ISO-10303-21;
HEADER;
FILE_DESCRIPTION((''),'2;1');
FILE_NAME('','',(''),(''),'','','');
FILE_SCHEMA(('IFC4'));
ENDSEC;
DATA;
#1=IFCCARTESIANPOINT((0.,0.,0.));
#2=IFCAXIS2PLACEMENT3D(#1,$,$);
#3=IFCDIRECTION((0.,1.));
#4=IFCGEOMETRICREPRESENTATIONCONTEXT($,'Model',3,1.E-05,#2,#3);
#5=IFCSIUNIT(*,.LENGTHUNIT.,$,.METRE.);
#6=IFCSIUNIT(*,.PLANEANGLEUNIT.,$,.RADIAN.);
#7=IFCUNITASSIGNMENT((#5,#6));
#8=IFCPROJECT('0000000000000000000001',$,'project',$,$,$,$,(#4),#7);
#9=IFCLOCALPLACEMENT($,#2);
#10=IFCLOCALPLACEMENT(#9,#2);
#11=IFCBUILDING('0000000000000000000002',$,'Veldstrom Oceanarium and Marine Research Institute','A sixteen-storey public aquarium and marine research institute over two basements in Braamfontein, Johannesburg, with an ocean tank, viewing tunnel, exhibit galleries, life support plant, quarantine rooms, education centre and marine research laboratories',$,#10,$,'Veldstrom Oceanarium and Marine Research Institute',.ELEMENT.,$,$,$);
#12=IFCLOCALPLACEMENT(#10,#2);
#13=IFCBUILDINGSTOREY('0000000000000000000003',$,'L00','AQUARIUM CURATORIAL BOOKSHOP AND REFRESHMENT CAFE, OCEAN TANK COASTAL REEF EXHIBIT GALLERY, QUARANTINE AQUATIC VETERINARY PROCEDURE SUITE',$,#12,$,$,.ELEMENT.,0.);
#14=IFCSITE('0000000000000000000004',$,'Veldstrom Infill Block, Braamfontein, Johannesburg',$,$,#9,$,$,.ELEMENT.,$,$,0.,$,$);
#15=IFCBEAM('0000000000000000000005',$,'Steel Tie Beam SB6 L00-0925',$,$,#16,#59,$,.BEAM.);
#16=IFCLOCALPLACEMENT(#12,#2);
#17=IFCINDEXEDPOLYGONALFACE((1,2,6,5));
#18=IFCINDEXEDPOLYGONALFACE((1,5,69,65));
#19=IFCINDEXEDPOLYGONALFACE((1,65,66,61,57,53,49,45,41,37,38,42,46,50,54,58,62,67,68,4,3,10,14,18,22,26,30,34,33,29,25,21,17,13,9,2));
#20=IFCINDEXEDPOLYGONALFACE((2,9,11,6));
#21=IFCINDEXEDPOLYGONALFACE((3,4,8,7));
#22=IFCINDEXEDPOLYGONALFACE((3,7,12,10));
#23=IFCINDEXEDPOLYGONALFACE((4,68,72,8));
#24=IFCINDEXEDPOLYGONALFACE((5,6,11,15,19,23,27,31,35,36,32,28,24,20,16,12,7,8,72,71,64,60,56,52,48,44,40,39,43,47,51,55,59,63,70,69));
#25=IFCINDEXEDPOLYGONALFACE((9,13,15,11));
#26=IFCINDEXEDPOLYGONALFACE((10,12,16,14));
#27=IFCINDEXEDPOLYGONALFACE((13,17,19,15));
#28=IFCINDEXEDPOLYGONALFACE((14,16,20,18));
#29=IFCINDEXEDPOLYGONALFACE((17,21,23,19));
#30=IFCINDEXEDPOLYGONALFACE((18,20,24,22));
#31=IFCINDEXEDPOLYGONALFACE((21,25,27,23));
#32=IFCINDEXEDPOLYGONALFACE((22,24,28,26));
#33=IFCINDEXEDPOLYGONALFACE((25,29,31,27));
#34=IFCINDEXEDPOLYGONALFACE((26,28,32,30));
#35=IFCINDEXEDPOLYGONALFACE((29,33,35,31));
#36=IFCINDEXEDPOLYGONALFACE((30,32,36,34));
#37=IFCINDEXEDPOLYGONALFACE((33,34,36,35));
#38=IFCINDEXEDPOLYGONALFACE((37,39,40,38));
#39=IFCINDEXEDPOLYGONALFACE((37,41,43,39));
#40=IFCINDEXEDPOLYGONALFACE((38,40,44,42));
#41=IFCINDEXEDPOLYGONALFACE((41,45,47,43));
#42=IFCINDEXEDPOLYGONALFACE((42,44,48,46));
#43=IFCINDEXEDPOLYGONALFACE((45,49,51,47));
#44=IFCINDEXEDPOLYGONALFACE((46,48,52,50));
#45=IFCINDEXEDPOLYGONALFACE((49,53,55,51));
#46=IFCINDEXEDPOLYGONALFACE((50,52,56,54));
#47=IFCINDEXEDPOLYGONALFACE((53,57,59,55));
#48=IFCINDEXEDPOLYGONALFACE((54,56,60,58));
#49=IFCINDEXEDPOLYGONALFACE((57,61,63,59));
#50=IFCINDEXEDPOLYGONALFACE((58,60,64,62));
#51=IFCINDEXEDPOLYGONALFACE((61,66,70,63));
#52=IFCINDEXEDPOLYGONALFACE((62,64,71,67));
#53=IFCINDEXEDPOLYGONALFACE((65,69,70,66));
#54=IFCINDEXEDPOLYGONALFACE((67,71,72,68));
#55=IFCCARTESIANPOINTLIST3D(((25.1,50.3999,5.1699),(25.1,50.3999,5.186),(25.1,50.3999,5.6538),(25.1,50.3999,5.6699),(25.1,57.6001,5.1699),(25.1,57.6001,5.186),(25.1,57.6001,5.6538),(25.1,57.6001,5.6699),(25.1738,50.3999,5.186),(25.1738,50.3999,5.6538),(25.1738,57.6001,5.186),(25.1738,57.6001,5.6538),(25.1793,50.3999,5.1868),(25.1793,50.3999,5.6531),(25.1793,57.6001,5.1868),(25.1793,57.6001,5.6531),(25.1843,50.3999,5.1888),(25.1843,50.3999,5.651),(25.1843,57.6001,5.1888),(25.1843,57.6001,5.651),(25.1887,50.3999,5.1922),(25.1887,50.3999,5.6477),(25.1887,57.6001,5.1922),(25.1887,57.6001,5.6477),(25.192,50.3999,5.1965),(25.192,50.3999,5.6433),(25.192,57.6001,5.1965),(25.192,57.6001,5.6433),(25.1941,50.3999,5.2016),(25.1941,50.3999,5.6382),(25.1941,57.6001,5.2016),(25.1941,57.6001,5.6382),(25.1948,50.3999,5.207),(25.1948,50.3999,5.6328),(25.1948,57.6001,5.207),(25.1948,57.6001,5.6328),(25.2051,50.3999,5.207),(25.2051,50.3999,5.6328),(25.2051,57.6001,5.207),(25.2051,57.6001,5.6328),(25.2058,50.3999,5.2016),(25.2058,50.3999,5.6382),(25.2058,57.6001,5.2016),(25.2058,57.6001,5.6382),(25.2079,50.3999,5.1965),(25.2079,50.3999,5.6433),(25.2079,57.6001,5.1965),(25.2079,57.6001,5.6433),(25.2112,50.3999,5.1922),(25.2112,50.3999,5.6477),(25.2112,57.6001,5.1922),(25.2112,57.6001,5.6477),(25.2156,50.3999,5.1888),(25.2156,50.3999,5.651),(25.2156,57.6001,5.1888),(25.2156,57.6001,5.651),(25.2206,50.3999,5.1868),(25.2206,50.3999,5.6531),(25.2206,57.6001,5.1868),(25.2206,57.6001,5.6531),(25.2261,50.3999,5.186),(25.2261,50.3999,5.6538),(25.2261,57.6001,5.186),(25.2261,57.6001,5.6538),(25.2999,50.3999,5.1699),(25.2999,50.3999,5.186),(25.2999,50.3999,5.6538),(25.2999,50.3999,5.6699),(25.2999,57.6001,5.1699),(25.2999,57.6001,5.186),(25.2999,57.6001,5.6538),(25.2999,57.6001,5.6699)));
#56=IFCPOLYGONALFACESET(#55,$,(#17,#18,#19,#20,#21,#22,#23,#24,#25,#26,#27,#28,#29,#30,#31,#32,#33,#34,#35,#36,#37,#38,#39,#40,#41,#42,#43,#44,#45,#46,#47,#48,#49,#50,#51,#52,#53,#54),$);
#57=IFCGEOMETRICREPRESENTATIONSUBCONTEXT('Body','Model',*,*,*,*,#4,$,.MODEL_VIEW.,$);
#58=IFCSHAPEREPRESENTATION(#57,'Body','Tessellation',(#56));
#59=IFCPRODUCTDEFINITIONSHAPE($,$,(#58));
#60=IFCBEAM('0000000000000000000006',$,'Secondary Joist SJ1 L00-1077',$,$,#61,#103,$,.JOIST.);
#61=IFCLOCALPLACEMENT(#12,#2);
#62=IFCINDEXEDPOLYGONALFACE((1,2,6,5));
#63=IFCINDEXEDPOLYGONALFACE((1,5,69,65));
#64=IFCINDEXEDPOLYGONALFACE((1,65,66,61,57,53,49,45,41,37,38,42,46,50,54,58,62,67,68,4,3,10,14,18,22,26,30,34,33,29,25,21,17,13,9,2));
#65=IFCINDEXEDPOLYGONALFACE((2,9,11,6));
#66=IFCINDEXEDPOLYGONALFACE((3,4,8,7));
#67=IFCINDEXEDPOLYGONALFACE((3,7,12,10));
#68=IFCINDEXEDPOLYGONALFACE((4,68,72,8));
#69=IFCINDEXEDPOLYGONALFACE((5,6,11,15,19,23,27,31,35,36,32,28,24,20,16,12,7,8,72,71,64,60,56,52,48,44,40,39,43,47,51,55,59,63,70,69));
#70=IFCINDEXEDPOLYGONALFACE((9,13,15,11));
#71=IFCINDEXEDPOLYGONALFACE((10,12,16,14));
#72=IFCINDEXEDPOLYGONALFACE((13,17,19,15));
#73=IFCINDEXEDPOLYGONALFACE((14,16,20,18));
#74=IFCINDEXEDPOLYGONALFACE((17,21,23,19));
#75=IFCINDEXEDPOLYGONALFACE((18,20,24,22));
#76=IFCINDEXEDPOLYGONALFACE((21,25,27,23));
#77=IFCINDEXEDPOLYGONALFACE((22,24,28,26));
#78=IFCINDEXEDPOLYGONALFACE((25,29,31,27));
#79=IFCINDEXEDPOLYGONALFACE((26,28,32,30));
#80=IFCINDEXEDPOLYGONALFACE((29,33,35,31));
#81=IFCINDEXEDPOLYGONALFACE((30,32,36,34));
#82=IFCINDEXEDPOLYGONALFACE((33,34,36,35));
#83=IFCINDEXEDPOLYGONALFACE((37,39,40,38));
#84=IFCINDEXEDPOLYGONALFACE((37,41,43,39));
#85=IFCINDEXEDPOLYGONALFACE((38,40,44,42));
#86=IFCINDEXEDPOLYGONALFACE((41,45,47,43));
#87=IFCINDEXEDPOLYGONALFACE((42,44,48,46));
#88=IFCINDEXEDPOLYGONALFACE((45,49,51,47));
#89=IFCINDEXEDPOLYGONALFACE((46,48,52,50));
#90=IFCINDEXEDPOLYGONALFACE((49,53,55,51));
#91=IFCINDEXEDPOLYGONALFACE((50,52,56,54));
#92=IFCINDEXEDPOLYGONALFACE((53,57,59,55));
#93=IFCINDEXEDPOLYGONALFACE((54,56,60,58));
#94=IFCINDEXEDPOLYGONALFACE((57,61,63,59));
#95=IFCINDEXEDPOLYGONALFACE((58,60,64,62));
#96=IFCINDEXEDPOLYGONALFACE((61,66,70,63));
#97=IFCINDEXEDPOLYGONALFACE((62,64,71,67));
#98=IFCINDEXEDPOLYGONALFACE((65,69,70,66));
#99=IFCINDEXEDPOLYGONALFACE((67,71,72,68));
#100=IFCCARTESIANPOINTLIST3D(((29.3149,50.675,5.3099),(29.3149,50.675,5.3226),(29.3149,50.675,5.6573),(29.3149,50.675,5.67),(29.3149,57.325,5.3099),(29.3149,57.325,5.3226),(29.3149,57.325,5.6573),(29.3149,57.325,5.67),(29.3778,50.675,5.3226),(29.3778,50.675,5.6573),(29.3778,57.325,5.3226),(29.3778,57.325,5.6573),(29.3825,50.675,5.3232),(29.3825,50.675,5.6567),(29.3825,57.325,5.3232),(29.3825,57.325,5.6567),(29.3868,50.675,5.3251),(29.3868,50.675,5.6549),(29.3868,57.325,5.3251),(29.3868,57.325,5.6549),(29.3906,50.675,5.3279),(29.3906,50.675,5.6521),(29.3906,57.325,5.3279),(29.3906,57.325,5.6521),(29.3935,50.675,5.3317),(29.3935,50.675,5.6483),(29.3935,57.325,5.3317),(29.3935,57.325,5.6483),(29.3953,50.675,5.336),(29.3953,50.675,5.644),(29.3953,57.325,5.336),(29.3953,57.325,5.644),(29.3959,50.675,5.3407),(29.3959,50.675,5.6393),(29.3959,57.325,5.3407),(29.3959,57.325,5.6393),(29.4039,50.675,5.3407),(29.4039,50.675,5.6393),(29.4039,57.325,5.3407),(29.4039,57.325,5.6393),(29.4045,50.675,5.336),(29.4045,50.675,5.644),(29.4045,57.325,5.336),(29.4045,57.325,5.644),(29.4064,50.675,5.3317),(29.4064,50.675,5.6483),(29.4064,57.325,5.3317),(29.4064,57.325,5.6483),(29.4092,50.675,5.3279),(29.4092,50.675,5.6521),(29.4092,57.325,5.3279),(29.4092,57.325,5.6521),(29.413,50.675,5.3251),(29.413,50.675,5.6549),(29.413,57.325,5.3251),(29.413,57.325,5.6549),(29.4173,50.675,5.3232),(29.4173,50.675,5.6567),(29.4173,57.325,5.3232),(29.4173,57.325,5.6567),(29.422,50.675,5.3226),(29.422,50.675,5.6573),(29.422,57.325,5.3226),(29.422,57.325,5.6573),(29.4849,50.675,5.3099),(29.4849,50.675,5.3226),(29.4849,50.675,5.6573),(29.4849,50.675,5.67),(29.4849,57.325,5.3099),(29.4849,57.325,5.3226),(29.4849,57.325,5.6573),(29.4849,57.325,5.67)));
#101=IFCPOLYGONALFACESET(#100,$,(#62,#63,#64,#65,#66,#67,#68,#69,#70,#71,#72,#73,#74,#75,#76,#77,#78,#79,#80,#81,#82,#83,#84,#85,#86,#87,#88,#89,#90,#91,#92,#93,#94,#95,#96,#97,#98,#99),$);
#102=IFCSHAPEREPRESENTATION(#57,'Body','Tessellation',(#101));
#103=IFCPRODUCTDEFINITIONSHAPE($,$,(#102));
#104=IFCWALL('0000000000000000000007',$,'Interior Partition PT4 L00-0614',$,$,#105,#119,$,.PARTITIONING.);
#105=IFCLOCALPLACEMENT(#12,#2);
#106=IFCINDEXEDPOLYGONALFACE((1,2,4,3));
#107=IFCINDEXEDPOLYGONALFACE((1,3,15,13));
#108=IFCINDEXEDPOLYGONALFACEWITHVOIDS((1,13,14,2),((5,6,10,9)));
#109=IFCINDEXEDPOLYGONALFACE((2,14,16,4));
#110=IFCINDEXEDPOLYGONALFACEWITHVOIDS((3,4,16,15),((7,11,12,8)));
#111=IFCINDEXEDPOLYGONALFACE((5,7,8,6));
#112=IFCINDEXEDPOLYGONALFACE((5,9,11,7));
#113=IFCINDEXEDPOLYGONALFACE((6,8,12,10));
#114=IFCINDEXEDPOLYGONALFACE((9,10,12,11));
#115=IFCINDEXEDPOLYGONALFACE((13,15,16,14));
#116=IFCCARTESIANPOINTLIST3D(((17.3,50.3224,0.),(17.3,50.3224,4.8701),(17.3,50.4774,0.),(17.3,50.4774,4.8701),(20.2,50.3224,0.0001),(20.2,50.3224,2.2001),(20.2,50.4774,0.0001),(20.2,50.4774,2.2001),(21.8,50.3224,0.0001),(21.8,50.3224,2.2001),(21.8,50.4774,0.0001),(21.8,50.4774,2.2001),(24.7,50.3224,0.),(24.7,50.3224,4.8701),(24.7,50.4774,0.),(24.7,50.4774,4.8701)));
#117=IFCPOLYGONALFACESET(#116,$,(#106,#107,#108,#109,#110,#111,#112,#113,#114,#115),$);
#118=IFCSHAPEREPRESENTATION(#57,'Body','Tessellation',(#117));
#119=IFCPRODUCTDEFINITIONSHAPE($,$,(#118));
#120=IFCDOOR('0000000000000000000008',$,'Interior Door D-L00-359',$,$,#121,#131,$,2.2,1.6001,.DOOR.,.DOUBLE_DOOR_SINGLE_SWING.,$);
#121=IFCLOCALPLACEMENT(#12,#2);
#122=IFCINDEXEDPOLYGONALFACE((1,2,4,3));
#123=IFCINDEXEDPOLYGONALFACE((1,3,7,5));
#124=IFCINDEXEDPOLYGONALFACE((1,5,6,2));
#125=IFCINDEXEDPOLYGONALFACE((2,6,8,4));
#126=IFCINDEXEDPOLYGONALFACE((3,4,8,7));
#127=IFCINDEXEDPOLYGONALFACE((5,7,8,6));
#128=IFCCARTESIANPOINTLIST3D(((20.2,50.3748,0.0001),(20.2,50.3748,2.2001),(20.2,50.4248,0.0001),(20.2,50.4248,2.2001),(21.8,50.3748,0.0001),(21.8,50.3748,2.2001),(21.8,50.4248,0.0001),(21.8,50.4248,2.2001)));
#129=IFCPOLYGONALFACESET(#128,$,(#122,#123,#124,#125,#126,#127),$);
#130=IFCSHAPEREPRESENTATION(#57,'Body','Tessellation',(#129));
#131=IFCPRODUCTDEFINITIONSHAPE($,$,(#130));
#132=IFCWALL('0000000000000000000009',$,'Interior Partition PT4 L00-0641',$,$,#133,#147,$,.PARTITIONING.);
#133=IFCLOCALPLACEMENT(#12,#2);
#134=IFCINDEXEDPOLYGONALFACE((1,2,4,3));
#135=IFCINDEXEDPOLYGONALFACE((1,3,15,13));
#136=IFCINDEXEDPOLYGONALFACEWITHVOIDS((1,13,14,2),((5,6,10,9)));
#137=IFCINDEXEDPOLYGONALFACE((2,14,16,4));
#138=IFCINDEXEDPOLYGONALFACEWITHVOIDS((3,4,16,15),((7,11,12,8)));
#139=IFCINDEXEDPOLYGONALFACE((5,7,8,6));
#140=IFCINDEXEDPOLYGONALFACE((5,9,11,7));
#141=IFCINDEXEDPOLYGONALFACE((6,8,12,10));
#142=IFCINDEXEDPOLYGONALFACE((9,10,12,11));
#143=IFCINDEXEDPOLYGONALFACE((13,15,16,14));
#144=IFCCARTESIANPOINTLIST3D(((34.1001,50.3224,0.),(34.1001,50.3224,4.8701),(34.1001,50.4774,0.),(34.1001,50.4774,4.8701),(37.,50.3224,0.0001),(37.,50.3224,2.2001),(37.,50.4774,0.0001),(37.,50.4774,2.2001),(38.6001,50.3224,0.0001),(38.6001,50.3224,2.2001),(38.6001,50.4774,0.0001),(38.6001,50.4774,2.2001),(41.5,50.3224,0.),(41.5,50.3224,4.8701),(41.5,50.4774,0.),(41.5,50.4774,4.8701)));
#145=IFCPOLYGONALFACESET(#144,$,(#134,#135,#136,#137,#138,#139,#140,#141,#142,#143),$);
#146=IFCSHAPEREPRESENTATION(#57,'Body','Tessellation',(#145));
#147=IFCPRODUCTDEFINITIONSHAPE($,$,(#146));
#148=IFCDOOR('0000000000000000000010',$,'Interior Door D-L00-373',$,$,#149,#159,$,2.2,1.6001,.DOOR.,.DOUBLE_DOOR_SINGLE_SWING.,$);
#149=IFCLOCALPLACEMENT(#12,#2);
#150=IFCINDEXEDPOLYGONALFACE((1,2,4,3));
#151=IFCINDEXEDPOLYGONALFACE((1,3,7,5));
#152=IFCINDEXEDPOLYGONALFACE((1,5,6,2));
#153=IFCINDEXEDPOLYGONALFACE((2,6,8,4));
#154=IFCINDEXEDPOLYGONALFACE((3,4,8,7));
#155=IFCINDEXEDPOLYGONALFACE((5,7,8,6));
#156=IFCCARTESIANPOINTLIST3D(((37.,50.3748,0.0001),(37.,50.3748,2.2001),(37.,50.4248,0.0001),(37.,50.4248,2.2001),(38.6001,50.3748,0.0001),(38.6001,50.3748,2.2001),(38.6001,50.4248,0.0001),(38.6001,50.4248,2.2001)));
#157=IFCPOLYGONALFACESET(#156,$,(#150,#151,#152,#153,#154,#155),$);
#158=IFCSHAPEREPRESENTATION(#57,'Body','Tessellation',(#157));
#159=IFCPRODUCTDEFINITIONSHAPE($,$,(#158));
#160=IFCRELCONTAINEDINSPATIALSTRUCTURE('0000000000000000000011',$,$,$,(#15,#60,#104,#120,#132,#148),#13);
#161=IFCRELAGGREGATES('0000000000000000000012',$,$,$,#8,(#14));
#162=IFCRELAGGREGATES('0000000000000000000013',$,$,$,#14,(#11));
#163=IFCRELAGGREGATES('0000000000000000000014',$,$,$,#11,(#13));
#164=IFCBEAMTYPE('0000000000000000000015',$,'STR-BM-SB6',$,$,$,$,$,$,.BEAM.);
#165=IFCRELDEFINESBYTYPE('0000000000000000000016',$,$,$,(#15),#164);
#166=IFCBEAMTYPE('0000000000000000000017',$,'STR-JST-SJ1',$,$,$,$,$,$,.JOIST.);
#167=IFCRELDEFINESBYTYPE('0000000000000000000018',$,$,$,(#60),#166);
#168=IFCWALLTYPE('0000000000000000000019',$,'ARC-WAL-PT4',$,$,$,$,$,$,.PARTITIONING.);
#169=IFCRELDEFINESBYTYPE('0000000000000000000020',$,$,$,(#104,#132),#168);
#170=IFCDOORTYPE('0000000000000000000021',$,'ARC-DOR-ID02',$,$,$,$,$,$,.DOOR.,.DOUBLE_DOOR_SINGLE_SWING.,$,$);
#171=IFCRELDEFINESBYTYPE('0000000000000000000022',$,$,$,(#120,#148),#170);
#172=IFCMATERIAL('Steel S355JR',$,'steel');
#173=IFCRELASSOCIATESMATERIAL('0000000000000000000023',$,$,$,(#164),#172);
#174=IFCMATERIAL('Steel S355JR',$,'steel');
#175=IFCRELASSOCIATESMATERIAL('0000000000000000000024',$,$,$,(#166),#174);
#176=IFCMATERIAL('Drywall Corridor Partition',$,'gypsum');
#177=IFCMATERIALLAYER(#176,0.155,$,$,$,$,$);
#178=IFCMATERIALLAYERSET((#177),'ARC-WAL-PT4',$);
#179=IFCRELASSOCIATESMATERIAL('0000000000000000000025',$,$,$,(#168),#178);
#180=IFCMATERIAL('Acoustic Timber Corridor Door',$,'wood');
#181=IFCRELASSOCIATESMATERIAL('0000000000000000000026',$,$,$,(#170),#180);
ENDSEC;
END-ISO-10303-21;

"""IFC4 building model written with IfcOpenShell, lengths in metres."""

from ifc_helpers import new_model, si_unit, direction, frame, frame_2d, origin, origin_2d, place, context, subcontext, project, spatial, rectangle, i_section, extrude, material, layer, layer_set, material_profile, profile_set, type_object, element, fill, save


model = new_model("IFC4")

# Units and contexts
model_context = context("Model", 3, precision=1e-05, world=origin(), true_north=direction((0.0, 1.0)))
body_context = subcontext(model_context, "Body", "Model", "MODEL_VIEW")
ifc_project = project(units=[si_unit("LENGTHUNIT", "METRE"), si_unit("PLANEANGLEUNIT", "RADIAN")], contexts=[model_context])

# Site, building, storey
site_placement = place(None, origin())
site = spatial("IfcSite", under=ifc_project, at=site_placement, Name="Veldstrom Infill Block, Braamfontein, Johannesburg", CompositionType="ELEMENT", RefElevation=0.0)
building_placement = place(site_placement, origin())
building = spatial("IfcBuilding", under=site, at=building_placement, Name="Veldstrom Oceanarium and Marine Research Institute", Description="A sixteen-storey public aquarium and marine research institute over two basements in Braamfontein, Johannesburg, with an ocean tank, viewing tunnel, exhibit galleries, life support plant, quarantine rooms, education centre and marine research laboratories", LongName="Veldstrom Oceanarium and Marine Research Institute", CompositionType="ELEMENT")
storey_placement = place(building_placement, origin())
storey = spatial("IfcBuildingStorey", under=building, at=storey_placement, Name="L00", Description="AQUARIUM CURATORIAL BOOKSHOP AND REFRESHMENT CAFE, OCEAN TANK COASTAL REEF EXHIBIT GALLERY, QUARANTINE AQUATIC VETERINARY PROCEDURE SUITE", CompositionType="ELEMENT", Elevation=0.0)

# Beams
ifc_material_1 = material(Name="Steel S355JR", Category="steel")
ifc_material_profile_1 = material_profile(ifc_material_1, i_section(OverallWidth=0.2, OverallDepth=0.5, WebThickness=0.0103, FlangeThickness=0.0161, FilletRadius=0.021, at=origin_2d()), Name="IPE 500")
ifc_profile_set_1 = profile_set([ifc_material_profile_1], Name="Steel S355JR")
beam_type_1 = type_object("IfcBeamType", Name="STR-BM-SB6", PredefinedType="BEAM", material=ifc_profile_set_1)
beam_1_placement = place(storey_placement, frame((25.2, 50.3999, 5.4199), z_axis=(0.0, 1.0, 0.0), x_axis=(-1.0, 0.0, 0.0)))
element("IfcBeam", 1, at=beam_1_placement, inside=storey, type_object=beam_type_1, Name="Steel Tie Beam SB6 L00-0925", PredefinedType="BEAM", context=body_context, shape_type="SweptSolid", body=[
    extrude(i_section(OverallWidth=0.2, OverallDepth=0.5, WebThickness=0.0103, FlangeThickness=0.0161, FilletRadius=0.021, at=origin_2d()), origin(), (0.0, 0.0, 1.0), 7.2002),
])
ifc_material_2 = material(Name="Steel S355JR", Category="steel")
ifc_material_profile_2 = material_profile(ifc_material_2, i_section(OverallWidth=0.1699, OverallDepth=0.3601, WebThickness=0.0081, FlangeThickness=0.0127, FilletRadius=0.0181, at=origin_2d()), Name="IPE 360")
ifc_profile_set_2 = profile_set([ifc_material_profile_2], Name="Steel S355JR")
beam_type_2 = type_object("IfcBeamType", Name="STR-JST-SJ1", PredefinedType="JOIST", material=ifc_profile_set_2)
beam_2_placement = place(storey_placement, frame((29.3999, 50.675, 5.49), z_axis=(0.0, 1.0, 0.0), x_axis=(-1.0, 0.0, 0.0)))
element("IfcBeam", 2, at=beam_2_placement, inside=storey, type_object=beam_type_2, Name="Secondary Joist SJ1 L00-1077", PredefinedType="JOIST", context=body_context, shape_type="SweptSolid", body=[
    extrude(i_section(OverallWidth=0.1699, OverallDepth=0.3601, WebThickness=0.0081, FlangeThickness=0.0127, FilletRadius=0.0181, at=origin_2d()), origin(), (0.0, 0.0, 1.0), 6.6499),
])

# Walls, openings, doors
ifc_material_3 = material(Name="Drywall Corridor Partition", Category="gypsum")
ifc_layer_1 = layer(ifc_material_3, 0.155)
ifc_layer_set_1 = layer_set([ifc_layer_1], Name="ARC-WAL-PT4")
wall_type_1 = type_object("IfcWallType", Name="ARC-WAL-PT4", PredefinedType="PARTITIONING", material=ifc_layer_set_1)
wall_1_placement = place(storey_placement, frame((17.3, 50.3999, 0.0), z_axis=(0.0, 0.0, 1.0), x_axis=(1.0, 0.0, 0.0)))
wall_1 = element("IfcWall", 3, at=wall_1_placement, inside=storey, type_object=wall_type_1, Name="Interior Partition PT4 L00-0614", PredefinedType="PARTITIONING", context=body_context, shape_type="SweptSolid", body=[
    extrude(rectangle(XDim=7.3999, YDim=0.155, at=frame_2d((3.7, 0.0))), origin(), (0.0, 0.0, 1.0), 4.8701),
])
opening_1_placement = place(wall_1_placement, frame((2.8999, 0.0, 0.0)))
opening_1 = element("IfcOpeningElement", 4, at=opening_1_placement, cuts=wall_1, PredefinedType="OPENING", context=body_context, shape_type="SweptSolid", body=[
    extrude(rectangle(XDim=1.6001, YDim=2.2, at=frame_2d((0.8, 1.1001))), frame((0.0, 0.0874, 0.0), z_axis=(0.0, -1.0, 0.0), x_axis=(1.0, 0.0, 0.0)), (0.0, 0.0, 1.0), 0.175),
])
ifc_material_4 = material(Name="Acoustic Timber Corridor Door", Category="wood")
door_type_1 = type_object("IfcDoorType", Name="ARC-DOR-ID02", OperationType="DOUBLE_DOOR_SINGLE_SWING", PredefinedType="DOOR", material=ifc_material_4)
door_1_placement = place(opening_1_placement, origin())
door_1 = element("IfcDoor", 5, at=door_1_placement, inside=storey, type_object=door_type_1, Name="Interior Door D-L00-359", OperationType="DOUBLE_DOOR_SINGLE_SWING", OverallHeight=2.2, OverallWidth=1.6001, PredefinedType="DOOR", context=body_context, shape_type="SweptSolid", body=[
    extrude(rectangle(XDim=1.6001, YDim=2.2, at=frame_2d((0.8, 1.1001))), frame((0.0, 0.0249, 0.0), z_axis=(0.0, -1.0, 0.0), x_axis=(1.0, 0.0, 0.0)), (0.0, 0.0, 1.0), 0.05),
])
fill(opening_1, door_1)
wall_2_placement = place(storey_placement, frame((34.1001, 50.3999, 0.0), z_axis=(0.0, 0.0, 1.0), x_axis=(1.0, 0.0, 0.0)))
wall_2 = element("IfcWall", 6, at=wall_2_placement, inside=storey, type_object=wall_type_1, Name="Interior Partition PT4 L00-0641", PredefinedType="PARTITIONING", context=body_context, shape_type="SweptSolid", body=[
    extrude(rectangle(XDim=7.3999, YDim=0.155, at=frame_2d((3.7, 0.0))), origin(), (0.0, 0.0, 1.0), 4.8701),
])
opening_2_placement = place(wall_2_placement, frame((2.8999, 0.0, 0.0)))
opening_2 = element("IfcOpeningElement", 7, at=opening_2_placement, cuts=wall_2, PredefinedType="OPENING", context=body_context, shape_type="SweptSolid", body=[
    extrude(rectangle(XDim=1.6001, YDim=2.2, at=frame_2d((0.8, 1.1001))), frame((0.0, 0.0874, 0.0), z_axis=(0.0, -1.0, 0.0), x_axis=(1.0, 0.0, 0.0)), (0.0, 0.0, 1.0), 0.175),
])
door_2_placement = place(opening_2_placement, origin())
door_2 = element("IfcDoor", 8, at=door_2_placement, inside=storey, type_object=door_type_1, Name="Interior Door D-L00-373", OperationType="DOUBLE_DOOR_SINGLE_SWING", OverallHeight=2.2, OverallWidth=1.6001, PredefinedType="DOOR", context=body_context, shape_type="SweptSolid", body=[
    extrude(rectangle(XDim=1.6001, YDim=2.2, at=frame_2d((0.8, 1.1001))), frame((0.0, 0.0249, 0.0), z_axis=(0.0, -1.0, 0.0), x_axis=(1.0, 0.0, 0.0)), (0.0, 0.0, 1.0), 0.05),
])
fill(opening_2, door_2)

save(model, "model.ifc")
